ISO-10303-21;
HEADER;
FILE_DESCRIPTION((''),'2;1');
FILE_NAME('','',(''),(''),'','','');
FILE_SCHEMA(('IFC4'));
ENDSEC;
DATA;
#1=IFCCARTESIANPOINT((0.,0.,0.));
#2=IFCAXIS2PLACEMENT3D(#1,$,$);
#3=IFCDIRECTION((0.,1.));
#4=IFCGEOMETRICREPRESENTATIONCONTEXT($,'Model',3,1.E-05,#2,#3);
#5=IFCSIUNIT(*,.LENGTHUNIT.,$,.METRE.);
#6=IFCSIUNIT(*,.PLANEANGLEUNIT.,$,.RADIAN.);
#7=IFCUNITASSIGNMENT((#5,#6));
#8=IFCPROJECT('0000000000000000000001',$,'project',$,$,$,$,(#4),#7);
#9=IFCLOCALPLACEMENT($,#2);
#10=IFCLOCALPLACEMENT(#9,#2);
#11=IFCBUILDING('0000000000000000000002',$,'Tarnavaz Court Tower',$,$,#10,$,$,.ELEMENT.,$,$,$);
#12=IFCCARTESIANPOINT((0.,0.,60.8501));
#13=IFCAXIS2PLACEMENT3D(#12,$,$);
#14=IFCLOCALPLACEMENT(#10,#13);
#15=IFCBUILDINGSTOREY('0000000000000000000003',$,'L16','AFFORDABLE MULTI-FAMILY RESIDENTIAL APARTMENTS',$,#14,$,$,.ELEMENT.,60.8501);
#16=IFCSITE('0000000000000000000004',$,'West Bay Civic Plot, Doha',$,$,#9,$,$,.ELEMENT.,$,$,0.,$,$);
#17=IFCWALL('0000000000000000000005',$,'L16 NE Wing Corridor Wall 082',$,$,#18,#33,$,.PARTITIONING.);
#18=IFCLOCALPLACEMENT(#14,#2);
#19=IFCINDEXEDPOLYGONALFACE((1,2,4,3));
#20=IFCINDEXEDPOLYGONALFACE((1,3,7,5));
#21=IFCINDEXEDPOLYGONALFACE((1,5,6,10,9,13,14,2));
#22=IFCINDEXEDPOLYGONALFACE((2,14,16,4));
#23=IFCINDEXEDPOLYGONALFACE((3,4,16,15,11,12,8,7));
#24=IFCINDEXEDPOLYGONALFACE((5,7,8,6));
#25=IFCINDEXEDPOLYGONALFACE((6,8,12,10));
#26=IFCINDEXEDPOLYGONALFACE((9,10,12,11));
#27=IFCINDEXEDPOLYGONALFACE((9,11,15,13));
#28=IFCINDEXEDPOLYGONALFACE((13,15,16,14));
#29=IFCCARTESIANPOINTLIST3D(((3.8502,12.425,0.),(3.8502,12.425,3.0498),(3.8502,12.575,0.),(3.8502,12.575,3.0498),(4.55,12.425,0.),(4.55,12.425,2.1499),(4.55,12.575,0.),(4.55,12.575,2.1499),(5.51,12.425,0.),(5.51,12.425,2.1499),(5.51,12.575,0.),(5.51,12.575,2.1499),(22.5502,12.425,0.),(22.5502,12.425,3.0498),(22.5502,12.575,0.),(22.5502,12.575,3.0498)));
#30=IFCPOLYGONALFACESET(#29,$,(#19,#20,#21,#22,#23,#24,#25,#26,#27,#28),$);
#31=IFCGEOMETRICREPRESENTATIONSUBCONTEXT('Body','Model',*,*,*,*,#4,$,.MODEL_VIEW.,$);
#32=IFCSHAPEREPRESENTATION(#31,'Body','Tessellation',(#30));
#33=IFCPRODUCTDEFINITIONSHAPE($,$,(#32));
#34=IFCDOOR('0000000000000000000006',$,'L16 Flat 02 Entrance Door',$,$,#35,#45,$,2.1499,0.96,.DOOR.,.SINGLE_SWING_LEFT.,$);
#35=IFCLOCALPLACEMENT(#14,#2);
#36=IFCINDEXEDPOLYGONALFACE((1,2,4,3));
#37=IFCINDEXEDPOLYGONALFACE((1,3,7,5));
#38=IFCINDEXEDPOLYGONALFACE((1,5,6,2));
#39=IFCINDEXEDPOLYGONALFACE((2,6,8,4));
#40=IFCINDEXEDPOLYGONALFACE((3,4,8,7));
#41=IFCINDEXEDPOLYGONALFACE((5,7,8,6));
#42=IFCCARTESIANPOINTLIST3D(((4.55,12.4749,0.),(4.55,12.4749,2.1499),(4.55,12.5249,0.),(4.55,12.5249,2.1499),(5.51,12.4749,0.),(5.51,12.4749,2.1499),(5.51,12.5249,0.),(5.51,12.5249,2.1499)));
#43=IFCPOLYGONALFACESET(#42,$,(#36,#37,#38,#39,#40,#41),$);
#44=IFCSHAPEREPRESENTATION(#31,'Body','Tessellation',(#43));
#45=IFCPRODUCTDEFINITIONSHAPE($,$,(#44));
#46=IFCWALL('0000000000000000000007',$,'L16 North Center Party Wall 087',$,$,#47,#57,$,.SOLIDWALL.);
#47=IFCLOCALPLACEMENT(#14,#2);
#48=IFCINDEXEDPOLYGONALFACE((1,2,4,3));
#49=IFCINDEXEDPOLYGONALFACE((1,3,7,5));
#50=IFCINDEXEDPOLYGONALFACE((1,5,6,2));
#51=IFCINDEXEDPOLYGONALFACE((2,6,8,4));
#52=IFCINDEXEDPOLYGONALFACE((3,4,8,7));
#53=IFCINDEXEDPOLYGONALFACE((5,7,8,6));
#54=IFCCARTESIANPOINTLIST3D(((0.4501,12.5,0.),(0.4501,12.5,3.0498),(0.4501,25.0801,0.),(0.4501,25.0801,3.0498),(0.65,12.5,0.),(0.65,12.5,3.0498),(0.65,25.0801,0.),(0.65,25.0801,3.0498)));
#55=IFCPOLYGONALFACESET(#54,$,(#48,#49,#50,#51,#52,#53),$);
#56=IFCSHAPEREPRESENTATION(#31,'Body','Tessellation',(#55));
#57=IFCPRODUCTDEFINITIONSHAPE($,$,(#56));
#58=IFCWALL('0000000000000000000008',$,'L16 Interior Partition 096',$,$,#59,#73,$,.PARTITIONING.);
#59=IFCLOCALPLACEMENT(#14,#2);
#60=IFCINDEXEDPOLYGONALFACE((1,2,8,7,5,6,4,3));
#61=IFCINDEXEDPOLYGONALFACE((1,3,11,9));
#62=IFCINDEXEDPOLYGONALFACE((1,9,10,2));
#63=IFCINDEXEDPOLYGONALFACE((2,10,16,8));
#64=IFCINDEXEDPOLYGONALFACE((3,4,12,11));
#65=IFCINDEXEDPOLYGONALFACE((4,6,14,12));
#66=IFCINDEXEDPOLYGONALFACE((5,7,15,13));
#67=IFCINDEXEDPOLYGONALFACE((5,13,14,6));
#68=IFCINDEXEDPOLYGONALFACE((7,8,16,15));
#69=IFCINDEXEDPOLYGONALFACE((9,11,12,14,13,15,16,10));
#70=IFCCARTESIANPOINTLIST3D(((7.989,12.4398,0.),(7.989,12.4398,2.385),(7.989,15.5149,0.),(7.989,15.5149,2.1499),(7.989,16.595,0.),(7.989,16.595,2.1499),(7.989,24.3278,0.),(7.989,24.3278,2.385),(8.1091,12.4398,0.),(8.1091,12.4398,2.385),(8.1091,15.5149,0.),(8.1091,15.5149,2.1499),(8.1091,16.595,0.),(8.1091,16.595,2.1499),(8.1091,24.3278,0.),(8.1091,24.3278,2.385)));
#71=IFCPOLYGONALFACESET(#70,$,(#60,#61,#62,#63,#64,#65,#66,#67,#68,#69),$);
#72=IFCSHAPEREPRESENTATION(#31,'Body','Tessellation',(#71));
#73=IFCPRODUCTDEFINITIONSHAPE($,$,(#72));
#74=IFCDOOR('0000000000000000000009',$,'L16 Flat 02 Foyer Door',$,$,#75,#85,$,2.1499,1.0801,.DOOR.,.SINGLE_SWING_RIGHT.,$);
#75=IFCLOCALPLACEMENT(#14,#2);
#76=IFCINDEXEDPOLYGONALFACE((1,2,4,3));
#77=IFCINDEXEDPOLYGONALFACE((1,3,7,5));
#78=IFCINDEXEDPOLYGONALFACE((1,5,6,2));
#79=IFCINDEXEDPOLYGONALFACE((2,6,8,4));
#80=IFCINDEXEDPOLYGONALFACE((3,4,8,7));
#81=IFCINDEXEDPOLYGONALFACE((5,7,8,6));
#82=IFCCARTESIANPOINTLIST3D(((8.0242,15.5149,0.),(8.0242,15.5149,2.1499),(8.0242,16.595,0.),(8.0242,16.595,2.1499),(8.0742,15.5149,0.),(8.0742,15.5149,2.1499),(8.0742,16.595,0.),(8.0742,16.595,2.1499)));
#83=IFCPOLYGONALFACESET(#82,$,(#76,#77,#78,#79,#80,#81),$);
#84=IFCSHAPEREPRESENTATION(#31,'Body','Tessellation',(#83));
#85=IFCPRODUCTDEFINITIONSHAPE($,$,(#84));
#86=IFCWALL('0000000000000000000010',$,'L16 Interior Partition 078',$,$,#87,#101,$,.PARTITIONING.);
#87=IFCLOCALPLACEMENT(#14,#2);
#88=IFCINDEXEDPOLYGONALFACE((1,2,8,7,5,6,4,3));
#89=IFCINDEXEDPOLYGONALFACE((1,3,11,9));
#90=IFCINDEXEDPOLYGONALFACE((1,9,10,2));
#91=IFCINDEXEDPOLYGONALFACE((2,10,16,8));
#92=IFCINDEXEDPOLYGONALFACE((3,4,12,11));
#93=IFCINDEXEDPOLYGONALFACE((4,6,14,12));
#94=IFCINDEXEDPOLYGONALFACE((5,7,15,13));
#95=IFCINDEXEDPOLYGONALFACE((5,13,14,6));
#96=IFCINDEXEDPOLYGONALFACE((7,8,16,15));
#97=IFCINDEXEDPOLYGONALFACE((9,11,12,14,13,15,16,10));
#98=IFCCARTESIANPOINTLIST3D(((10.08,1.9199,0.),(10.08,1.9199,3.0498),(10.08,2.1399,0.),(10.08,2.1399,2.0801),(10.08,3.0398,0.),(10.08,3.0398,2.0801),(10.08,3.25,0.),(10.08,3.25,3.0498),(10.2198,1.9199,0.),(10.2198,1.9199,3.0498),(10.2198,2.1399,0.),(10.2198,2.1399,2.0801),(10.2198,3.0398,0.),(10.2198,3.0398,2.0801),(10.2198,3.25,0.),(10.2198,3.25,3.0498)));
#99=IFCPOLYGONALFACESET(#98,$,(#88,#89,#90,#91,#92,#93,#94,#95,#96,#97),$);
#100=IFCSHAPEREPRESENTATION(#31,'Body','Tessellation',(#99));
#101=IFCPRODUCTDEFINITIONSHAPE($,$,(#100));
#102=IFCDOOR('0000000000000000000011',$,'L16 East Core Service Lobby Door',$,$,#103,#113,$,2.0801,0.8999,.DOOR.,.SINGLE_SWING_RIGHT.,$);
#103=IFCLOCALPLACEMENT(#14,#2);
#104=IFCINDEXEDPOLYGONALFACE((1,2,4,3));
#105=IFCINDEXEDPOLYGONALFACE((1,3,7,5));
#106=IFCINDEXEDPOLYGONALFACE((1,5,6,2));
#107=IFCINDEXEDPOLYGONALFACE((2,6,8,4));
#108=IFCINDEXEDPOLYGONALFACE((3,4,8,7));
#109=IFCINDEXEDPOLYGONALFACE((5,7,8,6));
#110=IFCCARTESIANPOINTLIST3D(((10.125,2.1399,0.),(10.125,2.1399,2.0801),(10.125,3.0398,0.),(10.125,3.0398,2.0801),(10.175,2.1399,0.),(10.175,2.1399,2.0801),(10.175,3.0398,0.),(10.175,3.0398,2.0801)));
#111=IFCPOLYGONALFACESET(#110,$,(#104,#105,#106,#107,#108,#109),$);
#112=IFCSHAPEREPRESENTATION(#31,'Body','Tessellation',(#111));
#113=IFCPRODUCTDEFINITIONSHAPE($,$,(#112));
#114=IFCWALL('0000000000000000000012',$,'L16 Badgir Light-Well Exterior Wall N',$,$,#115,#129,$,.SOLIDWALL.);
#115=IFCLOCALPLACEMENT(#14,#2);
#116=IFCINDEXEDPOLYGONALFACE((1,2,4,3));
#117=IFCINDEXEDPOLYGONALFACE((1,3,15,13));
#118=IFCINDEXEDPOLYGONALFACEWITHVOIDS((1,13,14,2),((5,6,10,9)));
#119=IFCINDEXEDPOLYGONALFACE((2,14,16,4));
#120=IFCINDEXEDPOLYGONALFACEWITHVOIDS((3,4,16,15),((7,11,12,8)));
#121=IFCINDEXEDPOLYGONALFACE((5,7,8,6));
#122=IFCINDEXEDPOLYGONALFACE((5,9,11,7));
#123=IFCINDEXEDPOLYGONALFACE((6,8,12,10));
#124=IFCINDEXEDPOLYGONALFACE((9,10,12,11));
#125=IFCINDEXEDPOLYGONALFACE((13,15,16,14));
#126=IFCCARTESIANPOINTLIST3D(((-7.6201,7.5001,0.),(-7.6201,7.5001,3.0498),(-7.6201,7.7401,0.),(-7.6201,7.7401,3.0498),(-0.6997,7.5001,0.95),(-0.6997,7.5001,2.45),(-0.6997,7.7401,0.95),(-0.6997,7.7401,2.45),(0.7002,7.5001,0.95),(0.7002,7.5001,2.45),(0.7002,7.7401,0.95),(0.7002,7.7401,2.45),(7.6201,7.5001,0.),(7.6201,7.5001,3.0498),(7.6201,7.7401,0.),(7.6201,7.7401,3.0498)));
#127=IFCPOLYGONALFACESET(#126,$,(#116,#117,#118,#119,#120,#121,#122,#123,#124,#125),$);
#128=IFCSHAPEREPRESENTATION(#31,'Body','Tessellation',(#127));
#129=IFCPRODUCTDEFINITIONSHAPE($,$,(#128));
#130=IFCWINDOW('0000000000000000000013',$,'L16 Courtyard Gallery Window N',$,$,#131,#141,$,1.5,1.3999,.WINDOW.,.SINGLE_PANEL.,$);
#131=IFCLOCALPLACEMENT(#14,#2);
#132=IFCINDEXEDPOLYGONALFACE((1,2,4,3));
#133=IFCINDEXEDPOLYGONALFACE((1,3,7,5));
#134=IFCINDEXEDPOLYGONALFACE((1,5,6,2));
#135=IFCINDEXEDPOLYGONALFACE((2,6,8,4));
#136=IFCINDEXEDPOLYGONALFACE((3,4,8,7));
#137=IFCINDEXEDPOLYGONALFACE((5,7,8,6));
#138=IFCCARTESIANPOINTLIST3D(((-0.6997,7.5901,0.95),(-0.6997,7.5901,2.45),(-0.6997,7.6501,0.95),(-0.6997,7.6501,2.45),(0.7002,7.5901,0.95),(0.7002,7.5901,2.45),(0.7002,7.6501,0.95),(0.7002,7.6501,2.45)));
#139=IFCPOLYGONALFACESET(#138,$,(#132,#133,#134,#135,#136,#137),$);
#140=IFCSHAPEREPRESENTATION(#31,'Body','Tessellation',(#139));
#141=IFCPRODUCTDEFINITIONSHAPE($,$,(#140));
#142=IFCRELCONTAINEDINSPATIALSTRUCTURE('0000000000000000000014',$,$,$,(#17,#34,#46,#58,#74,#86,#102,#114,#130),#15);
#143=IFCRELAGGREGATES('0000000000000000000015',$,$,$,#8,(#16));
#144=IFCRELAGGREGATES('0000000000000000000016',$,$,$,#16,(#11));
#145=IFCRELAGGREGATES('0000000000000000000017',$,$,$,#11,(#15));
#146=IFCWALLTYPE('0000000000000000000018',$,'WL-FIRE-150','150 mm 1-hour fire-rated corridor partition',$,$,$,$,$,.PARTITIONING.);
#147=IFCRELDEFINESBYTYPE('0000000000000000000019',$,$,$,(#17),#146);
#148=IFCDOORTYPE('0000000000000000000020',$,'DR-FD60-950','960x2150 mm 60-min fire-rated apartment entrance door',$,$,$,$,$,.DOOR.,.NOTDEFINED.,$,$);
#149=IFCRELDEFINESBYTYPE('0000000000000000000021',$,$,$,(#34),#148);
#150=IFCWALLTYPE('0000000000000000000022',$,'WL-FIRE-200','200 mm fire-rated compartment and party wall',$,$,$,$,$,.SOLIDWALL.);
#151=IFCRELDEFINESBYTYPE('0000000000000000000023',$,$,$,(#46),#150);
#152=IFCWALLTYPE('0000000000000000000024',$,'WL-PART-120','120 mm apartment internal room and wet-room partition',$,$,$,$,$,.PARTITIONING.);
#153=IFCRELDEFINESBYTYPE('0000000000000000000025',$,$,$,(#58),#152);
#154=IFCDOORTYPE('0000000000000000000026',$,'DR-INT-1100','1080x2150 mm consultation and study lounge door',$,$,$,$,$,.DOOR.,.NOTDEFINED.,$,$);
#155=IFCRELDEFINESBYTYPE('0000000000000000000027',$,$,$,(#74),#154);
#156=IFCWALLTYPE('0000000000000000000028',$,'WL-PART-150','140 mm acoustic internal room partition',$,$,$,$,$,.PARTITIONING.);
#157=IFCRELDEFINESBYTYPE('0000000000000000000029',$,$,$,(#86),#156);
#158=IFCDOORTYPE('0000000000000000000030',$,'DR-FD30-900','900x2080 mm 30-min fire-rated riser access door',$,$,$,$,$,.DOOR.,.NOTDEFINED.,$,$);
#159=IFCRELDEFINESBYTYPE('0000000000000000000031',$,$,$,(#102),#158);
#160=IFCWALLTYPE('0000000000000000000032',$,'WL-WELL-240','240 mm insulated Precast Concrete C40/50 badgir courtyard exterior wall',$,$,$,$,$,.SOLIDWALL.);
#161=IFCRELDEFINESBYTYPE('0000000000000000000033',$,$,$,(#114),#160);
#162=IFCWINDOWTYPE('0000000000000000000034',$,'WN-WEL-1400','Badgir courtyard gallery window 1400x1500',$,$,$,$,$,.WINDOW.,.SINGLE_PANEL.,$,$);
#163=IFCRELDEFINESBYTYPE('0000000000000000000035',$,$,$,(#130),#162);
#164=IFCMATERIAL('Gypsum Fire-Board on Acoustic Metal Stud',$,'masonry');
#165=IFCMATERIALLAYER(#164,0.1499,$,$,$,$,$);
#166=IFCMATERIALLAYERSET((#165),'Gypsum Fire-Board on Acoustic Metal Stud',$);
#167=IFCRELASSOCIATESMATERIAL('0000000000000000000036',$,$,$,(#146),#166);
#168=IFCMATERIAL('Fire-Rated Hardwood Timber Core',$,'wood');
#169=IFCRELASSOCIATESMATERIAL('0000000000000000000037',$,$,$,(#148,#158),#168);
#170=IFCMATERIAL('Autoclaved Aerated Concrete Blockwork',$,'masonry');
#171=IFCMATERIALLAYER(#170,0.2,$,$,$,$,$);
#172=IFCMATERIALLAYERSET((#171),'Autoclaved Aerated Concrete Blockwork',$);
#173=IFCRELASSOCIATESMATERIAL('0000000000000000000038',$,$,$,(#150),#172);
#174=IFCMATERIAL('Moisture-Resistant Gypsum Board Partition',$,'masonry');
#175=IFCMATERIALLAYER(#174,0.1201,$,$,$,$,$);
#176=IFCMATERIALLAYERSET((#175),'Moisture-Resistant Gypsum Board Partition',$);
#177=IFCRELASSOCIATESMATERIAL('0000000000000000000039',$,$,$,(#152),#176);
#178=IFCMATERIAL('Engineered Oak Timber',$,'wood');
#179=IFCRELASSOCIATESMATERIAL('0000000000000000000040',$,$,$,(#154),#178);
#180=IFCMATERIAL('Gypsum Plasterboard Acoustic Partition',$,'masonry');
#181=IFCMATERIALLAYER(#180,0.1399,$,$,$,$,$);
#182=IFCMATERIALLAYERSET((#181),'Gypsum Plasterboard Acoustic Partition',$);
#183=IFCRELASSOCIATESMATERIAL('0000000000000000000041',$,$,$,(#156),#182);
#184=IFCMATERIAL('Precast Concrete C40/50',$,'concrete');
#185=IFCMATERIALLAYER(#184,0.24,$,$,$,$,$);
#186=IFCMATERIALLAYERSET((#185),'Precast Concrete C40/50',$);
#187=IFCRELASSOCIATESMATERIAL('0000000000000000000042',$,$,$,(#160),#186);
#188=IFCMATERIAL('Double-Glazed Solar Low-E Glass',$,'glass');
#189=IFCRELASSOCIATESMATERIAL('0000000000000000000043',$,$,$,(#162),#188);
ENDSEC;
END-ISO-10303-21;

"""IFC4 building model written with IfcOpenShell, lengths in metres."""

from ifc_helpers import new_model, si_unit, direction, frame, frame_2d, origin, place, context, subcontext, project, spatial, rectangle, extrude, material, layer, layer_set, type_object, element, fill, save


model = new_model("IFC4")

# Units and contexts
model_context = context("Model", 3, precision=1e-05, world=origin(), true_north=direction((0.0, 1.0)))
body_context = subcontext(model_context, "Body", "Model", "MODEL_VIEW")
ifc_project = project(units=[si_unit("LENGTHUNIT", "METRE"), si_unit("PLANEANGLEUNIT", "RADIAN")], contexts=[model_context])

# Site, building, storey
site_placement = place(None, origin())
site = spatial("IfcSite", under=ifc_project, at=site_placement, Name="West Bay Civic Plot, Doha", CompositionType="ELEMENT", RefElevation=0.0)
building_placement = place(site_placement, origin())
building = spatial("IfcBuilding", under=site, at=building_placement, Name="Tarnavaz Court Tower", CompositionType="ELEMENT")
storey_placement = place(building_placement, frame((0.0, 0.0, 60.8501)))
storey = spatial("IfcBuildingStorey", under=building, at=storey_placement, Name="L16", Description="AFFORDABLE MULTI-FAMILY RESIDENTIAL APARTMENTS", CompositionType="ELEMENT", Elevation=60.8501)

# Shared definitions
ifc_material_1 = material(Name="Fire-Rated Hardwood Timber Core", Category="wood")

# Wall, opening, door
ifc_material_2 = material(Name="Gypsum Fire-Board on Acoustic Metal Stud", Category="masonry")
ifc_layer_1 = layer(ifc_material_2, 0.1499)
ifc_layer_set_1 = layer_set([ifc_layer_1], Name="Gypsum Fire-Board on Acoustic Metal Stud")
wall_type_1 = type_object("IfcWallType", Name="WL-FIRE-150", Description="150 mm 1-hour fire-rated corridor partition", PredefinedType="PARTITIONING", material=ifc_layer_set_1)
wall_1_placement = place(storey_placement, frame((3.8501, 12.5, 0.0), z_axis=(0.0, 0.0, 1.0), x_axis=(1.0, 0.0, 0.0)))
wall_1 = element("IfcWall", 1, at=wall_1_placement, inside=storey, type_object=wall_type_1, Name="L16 NE Wing Corridor Wall 082", PredefinedType="PARTITIONING", context=body_context, shape_type="SweptSolid", body=[
    extrude(rectangle(XDim=18.7, YDim=0.1499, at=frame_2d((9.3501, 0.0))), origin(), (0.0, 0.0, 1.0), 3.0498),
])
opening_1_placement = place(wall_1_placement, frame((0.7, 0.0, 0.0)))
opening_1 = element("IfcOpeningElement", 2, at=opening_1_placement, cuts=wall_1, PredefinedType="OPENING", context=body_context, shape_type="SweptSolid", body=[
    extrude(rectangle(XDim=0.96, YDim=2.1499, at=frame_2d((0.48, 1.075))), frame((0.0, 0.085, 0.0), z_axis=(0.0, -1.0, 0.0), x_axis=(1.0, 0.0, 0.0)), (0.0, 0.0, 1.0), 0.1699),
])
door_type_1 = type_object("IfcDoorType", Name="DR-FD60-950", Description="960x2150 mm 60-min fire-rated apartment entrance door", OperationType="NOTDEFINED", PredefinedType="DOOR", material=ifc_material_1)
door_1_placement = place(opening_1_placement, origin())
door_1 = element("IfcDoor", 3, at=door_1_placement, inside=storey, type_object=door_type_1, Name="L16 Flat 02 Entrance Door", OperationType="SINGLE_SWING_LEFT", OverallHeight=2.1499, OverallWidth=0.96, PredefinedType="DOOR", context=body_context, shape_type="SweptSolid", body=[
    extrude(rectangle(XDim=0.96, YDim=2.1499, at=frame_2d((0.48, 1.075))), frame((0.0, 0.0249, 0.0), z_axis=(0.0, -1.0, 0.0), x_axis=(1.0, 0.0, 0.0)), (0.0, 0.0, 1.0), 0.05),
])
fill(opening_1, door_1)

# Wall
ifc_material_3 = material(Name="Autoclaved Aerated Concrete Blockwork", Category="masonry")
ifc_layer_2 = layer(ifc_material_3, 0.2)
ifc_layer_set_2 = layer_set([ifc_layer_2], Name="Autoclaved Aerated Concrete Blockwork")
wall_type_2 = type_object("IfcWallType", Name="WL-FIRE-200", Description="200 mm fire-rated compartment and party wall", PredefinedType="SOLIDWALL", material=ifc_layer_set_2)
wall_2_placement = place(storey_placement, frame((0.55, 12.5, 0.0), z_axis=(0.0, 0.0, 1.0), x_axis=(0.0, 1.0, 0.0)))
element("IfcWall", 4, at=wall_2_placement, inside=storey, type_object=wall_type_2, Name="L16 North Center Party Wall 087", PredefinedType="SOLIDWALL", context=body_context, shape_type="SweptSolid", body=[
    extrude(rectangle(XDim=12.5801, YDim=0.2, at=frame_2d((6.29, 0.0))), origin(), (0.0, 0.0, 1.0), 3.0498),
])

# Walls, openings, doors
ifc_material_4 = material(Name="Moisture-Resistant Gypsum Board Partition", Category="masonry")
ifc_layer_3 = layer(ifc_material_4, 0.1201)
ifc_layer_set_3 = layer_set([ifc_layer_3], Name="Moisture-Resistant Gypsum Board Partition")
wall_type_3 = type_object("IfcWallType", Name="WL-PART-120", Description="120 mm apartment internal room and wet-room partition", PredefinedType="PARTITIONING", material=ifc_layer_set_3)
wall_3_placement = place(storey_placement, frame((8.0491, 12.4399, 0.0), z_axis=(0.0, 0.0, 1.0), x_axis=(0.0, 1.0, 0.0)))
wall_3 = element("IfcWall", 5, at=wall_3_placement, inside=storey, type_object=wall_type_3, Name="L16 Interior Partition 096", PredefinedType="PARTITIONING", context=body_context, shape_type="SweptSolid", body=[
    extrude(rectangle(XDim=11.8879, YDim=0.1201, at=frame_2d((5.9438, 0.0))), origin(), (0.0, 0.0, 1.0), 2.385),
])
opening_2_placement = place(wall_3_placement, frame((3.075, 0.0, 0.0)))
opening_2 = element("IfcOpeningElement", 6, at=opening_2_placement, cuts=wall_3, PredefinedType="OPENING", context=body_context, shape_type="SweptSolid", body=[
    extrude(rectangle(XDim=1.0801, YDim=2.1499, at=frame_2d((0.54, 1.075))), frame((0.0, 0.0701, 0.0), z_axis=(0.0, -1.0, 0.0), x_axis=(1.0, 0.0, 0.0)), (0.0, 0.0, 1.0), 0.1401),
])
ifc_material_5 = material(Name="Engineered Oak Timber", Category="wood")
door_type_2 = type_object("IfcDoorType", Name="DR-INT-1100", Description="1080x2150 mm consultation and study lounge door", OperationType="NOTDEFINED", PredefinedType="DOOR", material=ifc_material_5)
door_2_placement = place(opening_2_placement, origin())
door_2 = element("IfcDoor", 7, at=door_2_placement, inside=storey, type_object=door_type_2, Name="L16 Flat 02 Foyer Door", OperationType="SINGLE_SWING_RIGHT", OverallHeight=2.1499, OverallWidth=1.0801, PredefinedType="DOOR", context=body_context, shape_type="SweptSolid", body=[
    extrude(rectangle(XDim=1.0801, YDim=2.1499, at=frame_2d((0.54, 1.075))), frame((0.0, 0.0249, 0.0), z_axis=(0.0, -1.0, 0.0), x_axis=(1.0, 0.0, 0.0)), (0.0, 0.0, 1.0), 0.05),
])
fill(opening_2, door_2)
ifc_material_6 = material(Name="Gypsum Plasterboard Acoustic Partition", Category="masonry")
ifc_layer_4 = layer(ifc_material_6, 0.1399)
ifc_layer_set_4 = layer_set([ifc_layer_4], Name="Gypsum Plasterboard Acoustic Partition")
wall_type_4 = type_object("IfcWallType", Name="WL-PART-150", Description="140 mm acoustic internal room partition", PredefinedType="PARTITIONING", material=ifc_layer_set_4)
wall_4_placement = place(storey_placement, frame((10.1499, 1.9199, 0.0), z_axis=(0.0, 0.0, 1.0), x_axis=(0.0, 1.0, 0.0)))
wall_4 = element("IfcWall", 8, at=wall_4_placement, inside=storey, type_object=wall_type_4, Name="L16 Interior Partition 078", PredefinedType="PARTITIONING", context=body_context, shape_type="SweptSolid", body=[
    extrude(rectangle(XDim=1.3301, YDim=0.1399, at=frame_2d((0.665, 0.0))), origin(), (0.0, 0.0, 1.0), 3.0498),
])
opening_3_placement = place(wall_4_placement, frame((0.22, 0.0, 0.0)))
opening_3 = element("IfcOpeningElement", 9, at=opening_3_placement, cuts=wall_4, PredefinedType="OPENING", context=body_context, shape_type="SweptSolid", body=[
    extrude(rectangle(XDim=0.8999, YDim=2.0801, at=frame_2d((0.45, 1.04))), frame((0.0, 0.0798, 0.0), z_axis=(0.0, -1.0, 0.0), x_axis=(1.0, 0.0, 0.0)), (0.0, 0.0, 1.0), 0.1599),
])
door_type_3 = type_object("IfcDoorType", Name="DR-FD30-900", Description="900x2080 mm 30-min fire-rated riser access door", OperationType="NOTDEFINED", PredefinedType="DOOR", material=ifc_material_1)
door_3_placement = place(opening_3_placement, origin())
door_3 = element("IfcDoor", 10, at=door_3_placement, inside=storey, type_object=door_type_3, Name="L16 East Core Service Lobby Door", OperationType="SINGLE_SWING_RIGHT", OverallHeight=2.0801, OverallWidth=0.8999, PredefinedType="DOOR", context=body_context, shape_type="SweptSolid", body=[
    extrude(rectangle(XDim=0.8999, YDim=2.0801, at=frame_2d((0.45, 1.04))), frame((0.0, 0.0249, 0.0), z_axis=(0.0, -1.0, 0.0), x_axis=(1.0, 0.0, 0.0)), (0.0, 0.0, 1.0), 0.05),
])
fill(opening_3, door_3)

# Wall, opening, window
ifc_material_7 = material(Name="Precast Concrete C40/50", Category="concrete")
ifc_layer_5 = layer(ifc_material_7, 0.24)
ifc_layer_set_5 = layer_set([ifc_layer_5], Name="Precast Concrete C40/50")
wall_type_5 = type_object("IfcWallType", Name="WL-WELL-240", Description="240 mm insulated Precast Concrete C40/50 badgir courtyard exterior wall", PredefinedType="SOLIDWALL", material=ifc_layer_set_5)
wall_5_placement = place(storey_placement, frame((7.6201, 7.6201, 0.0), z_axis=(0.0, 0.0, 1.0), x_axis=(-1.0, 0.0, 0.0)))
wall_5 = element("IfcWall", 11, at=wall_5_placement, inside=storey, type_object=wall_type_5, Name="L16 Badgir Light-Well Exterior Wall N", PredefinedType="SOLIDWALL", context=body_context, shape_type="SweptSolid", body=[
    extrude(rectangle(XDim=15.2402, YDim=0.24, at=frame_2d((7.6201, 0.0))), origin(), (0.0, 0.0, 1.0), 3.0498),
])
opening_4_placement = place(wall_5_placement, frame((6.9199, 0.0, 0.95)))
opening_4 = element("IfcOpeningElement", 12, at=opening_4_placement, cuts=wall_5, PredefinedType="OPENING", context=body_context, shape_type="SweptSolid", body=[
    extrude(rectangle(XDim=1.3999, YDim=1.5, at=frame_2d((0.7, 0.75))), frame((0.0, 0.1299, 0.0), z_axis=(0.0, -1.0, 0.0), x_axis=(1.0, 0.0, 0.0)), (0.0, 0.0, 1.0), 0.26),
])
ifc_material_8 = material(Name="Double-Glazed Solar Low-E Glass", Category="glass")
window_type = type_object("IfcWindowType", Name="WN-WEL-1400", Description="Badgir courtyard gallery window 1400x1500", PartitioningType="SINGLE_PANEL", PredefinedType="WINDOW", material=ifc_material_8)
window_placement = place(opening_4_placement, origin())
window = element("IfcWindow", 13, at=window_placement, inside=storey, type_object=window_type, Name="L16 Courtyard Gallery Window N", OverallHeight=1.5, OverallWidth=1.3999, PartitioningType="SINGLE_PANEL", PredefinedType="WINDOW", context=body_context, shape_type="SweptSolid", body=[
    extrude(rectangle(XDim=1.3999, YDim=1.5, at=frame_2d((0.7, 0.75))), frame((0.0, 0.03, 0.0), z_axis=(0.0, -1.0, 0.0), x_axis=(1.0, 0.0, 0.0)), (0.0, 0.0, 1.0), 0.0601),
])
fill(opening_4, window)

save(model, "model.ifc")
